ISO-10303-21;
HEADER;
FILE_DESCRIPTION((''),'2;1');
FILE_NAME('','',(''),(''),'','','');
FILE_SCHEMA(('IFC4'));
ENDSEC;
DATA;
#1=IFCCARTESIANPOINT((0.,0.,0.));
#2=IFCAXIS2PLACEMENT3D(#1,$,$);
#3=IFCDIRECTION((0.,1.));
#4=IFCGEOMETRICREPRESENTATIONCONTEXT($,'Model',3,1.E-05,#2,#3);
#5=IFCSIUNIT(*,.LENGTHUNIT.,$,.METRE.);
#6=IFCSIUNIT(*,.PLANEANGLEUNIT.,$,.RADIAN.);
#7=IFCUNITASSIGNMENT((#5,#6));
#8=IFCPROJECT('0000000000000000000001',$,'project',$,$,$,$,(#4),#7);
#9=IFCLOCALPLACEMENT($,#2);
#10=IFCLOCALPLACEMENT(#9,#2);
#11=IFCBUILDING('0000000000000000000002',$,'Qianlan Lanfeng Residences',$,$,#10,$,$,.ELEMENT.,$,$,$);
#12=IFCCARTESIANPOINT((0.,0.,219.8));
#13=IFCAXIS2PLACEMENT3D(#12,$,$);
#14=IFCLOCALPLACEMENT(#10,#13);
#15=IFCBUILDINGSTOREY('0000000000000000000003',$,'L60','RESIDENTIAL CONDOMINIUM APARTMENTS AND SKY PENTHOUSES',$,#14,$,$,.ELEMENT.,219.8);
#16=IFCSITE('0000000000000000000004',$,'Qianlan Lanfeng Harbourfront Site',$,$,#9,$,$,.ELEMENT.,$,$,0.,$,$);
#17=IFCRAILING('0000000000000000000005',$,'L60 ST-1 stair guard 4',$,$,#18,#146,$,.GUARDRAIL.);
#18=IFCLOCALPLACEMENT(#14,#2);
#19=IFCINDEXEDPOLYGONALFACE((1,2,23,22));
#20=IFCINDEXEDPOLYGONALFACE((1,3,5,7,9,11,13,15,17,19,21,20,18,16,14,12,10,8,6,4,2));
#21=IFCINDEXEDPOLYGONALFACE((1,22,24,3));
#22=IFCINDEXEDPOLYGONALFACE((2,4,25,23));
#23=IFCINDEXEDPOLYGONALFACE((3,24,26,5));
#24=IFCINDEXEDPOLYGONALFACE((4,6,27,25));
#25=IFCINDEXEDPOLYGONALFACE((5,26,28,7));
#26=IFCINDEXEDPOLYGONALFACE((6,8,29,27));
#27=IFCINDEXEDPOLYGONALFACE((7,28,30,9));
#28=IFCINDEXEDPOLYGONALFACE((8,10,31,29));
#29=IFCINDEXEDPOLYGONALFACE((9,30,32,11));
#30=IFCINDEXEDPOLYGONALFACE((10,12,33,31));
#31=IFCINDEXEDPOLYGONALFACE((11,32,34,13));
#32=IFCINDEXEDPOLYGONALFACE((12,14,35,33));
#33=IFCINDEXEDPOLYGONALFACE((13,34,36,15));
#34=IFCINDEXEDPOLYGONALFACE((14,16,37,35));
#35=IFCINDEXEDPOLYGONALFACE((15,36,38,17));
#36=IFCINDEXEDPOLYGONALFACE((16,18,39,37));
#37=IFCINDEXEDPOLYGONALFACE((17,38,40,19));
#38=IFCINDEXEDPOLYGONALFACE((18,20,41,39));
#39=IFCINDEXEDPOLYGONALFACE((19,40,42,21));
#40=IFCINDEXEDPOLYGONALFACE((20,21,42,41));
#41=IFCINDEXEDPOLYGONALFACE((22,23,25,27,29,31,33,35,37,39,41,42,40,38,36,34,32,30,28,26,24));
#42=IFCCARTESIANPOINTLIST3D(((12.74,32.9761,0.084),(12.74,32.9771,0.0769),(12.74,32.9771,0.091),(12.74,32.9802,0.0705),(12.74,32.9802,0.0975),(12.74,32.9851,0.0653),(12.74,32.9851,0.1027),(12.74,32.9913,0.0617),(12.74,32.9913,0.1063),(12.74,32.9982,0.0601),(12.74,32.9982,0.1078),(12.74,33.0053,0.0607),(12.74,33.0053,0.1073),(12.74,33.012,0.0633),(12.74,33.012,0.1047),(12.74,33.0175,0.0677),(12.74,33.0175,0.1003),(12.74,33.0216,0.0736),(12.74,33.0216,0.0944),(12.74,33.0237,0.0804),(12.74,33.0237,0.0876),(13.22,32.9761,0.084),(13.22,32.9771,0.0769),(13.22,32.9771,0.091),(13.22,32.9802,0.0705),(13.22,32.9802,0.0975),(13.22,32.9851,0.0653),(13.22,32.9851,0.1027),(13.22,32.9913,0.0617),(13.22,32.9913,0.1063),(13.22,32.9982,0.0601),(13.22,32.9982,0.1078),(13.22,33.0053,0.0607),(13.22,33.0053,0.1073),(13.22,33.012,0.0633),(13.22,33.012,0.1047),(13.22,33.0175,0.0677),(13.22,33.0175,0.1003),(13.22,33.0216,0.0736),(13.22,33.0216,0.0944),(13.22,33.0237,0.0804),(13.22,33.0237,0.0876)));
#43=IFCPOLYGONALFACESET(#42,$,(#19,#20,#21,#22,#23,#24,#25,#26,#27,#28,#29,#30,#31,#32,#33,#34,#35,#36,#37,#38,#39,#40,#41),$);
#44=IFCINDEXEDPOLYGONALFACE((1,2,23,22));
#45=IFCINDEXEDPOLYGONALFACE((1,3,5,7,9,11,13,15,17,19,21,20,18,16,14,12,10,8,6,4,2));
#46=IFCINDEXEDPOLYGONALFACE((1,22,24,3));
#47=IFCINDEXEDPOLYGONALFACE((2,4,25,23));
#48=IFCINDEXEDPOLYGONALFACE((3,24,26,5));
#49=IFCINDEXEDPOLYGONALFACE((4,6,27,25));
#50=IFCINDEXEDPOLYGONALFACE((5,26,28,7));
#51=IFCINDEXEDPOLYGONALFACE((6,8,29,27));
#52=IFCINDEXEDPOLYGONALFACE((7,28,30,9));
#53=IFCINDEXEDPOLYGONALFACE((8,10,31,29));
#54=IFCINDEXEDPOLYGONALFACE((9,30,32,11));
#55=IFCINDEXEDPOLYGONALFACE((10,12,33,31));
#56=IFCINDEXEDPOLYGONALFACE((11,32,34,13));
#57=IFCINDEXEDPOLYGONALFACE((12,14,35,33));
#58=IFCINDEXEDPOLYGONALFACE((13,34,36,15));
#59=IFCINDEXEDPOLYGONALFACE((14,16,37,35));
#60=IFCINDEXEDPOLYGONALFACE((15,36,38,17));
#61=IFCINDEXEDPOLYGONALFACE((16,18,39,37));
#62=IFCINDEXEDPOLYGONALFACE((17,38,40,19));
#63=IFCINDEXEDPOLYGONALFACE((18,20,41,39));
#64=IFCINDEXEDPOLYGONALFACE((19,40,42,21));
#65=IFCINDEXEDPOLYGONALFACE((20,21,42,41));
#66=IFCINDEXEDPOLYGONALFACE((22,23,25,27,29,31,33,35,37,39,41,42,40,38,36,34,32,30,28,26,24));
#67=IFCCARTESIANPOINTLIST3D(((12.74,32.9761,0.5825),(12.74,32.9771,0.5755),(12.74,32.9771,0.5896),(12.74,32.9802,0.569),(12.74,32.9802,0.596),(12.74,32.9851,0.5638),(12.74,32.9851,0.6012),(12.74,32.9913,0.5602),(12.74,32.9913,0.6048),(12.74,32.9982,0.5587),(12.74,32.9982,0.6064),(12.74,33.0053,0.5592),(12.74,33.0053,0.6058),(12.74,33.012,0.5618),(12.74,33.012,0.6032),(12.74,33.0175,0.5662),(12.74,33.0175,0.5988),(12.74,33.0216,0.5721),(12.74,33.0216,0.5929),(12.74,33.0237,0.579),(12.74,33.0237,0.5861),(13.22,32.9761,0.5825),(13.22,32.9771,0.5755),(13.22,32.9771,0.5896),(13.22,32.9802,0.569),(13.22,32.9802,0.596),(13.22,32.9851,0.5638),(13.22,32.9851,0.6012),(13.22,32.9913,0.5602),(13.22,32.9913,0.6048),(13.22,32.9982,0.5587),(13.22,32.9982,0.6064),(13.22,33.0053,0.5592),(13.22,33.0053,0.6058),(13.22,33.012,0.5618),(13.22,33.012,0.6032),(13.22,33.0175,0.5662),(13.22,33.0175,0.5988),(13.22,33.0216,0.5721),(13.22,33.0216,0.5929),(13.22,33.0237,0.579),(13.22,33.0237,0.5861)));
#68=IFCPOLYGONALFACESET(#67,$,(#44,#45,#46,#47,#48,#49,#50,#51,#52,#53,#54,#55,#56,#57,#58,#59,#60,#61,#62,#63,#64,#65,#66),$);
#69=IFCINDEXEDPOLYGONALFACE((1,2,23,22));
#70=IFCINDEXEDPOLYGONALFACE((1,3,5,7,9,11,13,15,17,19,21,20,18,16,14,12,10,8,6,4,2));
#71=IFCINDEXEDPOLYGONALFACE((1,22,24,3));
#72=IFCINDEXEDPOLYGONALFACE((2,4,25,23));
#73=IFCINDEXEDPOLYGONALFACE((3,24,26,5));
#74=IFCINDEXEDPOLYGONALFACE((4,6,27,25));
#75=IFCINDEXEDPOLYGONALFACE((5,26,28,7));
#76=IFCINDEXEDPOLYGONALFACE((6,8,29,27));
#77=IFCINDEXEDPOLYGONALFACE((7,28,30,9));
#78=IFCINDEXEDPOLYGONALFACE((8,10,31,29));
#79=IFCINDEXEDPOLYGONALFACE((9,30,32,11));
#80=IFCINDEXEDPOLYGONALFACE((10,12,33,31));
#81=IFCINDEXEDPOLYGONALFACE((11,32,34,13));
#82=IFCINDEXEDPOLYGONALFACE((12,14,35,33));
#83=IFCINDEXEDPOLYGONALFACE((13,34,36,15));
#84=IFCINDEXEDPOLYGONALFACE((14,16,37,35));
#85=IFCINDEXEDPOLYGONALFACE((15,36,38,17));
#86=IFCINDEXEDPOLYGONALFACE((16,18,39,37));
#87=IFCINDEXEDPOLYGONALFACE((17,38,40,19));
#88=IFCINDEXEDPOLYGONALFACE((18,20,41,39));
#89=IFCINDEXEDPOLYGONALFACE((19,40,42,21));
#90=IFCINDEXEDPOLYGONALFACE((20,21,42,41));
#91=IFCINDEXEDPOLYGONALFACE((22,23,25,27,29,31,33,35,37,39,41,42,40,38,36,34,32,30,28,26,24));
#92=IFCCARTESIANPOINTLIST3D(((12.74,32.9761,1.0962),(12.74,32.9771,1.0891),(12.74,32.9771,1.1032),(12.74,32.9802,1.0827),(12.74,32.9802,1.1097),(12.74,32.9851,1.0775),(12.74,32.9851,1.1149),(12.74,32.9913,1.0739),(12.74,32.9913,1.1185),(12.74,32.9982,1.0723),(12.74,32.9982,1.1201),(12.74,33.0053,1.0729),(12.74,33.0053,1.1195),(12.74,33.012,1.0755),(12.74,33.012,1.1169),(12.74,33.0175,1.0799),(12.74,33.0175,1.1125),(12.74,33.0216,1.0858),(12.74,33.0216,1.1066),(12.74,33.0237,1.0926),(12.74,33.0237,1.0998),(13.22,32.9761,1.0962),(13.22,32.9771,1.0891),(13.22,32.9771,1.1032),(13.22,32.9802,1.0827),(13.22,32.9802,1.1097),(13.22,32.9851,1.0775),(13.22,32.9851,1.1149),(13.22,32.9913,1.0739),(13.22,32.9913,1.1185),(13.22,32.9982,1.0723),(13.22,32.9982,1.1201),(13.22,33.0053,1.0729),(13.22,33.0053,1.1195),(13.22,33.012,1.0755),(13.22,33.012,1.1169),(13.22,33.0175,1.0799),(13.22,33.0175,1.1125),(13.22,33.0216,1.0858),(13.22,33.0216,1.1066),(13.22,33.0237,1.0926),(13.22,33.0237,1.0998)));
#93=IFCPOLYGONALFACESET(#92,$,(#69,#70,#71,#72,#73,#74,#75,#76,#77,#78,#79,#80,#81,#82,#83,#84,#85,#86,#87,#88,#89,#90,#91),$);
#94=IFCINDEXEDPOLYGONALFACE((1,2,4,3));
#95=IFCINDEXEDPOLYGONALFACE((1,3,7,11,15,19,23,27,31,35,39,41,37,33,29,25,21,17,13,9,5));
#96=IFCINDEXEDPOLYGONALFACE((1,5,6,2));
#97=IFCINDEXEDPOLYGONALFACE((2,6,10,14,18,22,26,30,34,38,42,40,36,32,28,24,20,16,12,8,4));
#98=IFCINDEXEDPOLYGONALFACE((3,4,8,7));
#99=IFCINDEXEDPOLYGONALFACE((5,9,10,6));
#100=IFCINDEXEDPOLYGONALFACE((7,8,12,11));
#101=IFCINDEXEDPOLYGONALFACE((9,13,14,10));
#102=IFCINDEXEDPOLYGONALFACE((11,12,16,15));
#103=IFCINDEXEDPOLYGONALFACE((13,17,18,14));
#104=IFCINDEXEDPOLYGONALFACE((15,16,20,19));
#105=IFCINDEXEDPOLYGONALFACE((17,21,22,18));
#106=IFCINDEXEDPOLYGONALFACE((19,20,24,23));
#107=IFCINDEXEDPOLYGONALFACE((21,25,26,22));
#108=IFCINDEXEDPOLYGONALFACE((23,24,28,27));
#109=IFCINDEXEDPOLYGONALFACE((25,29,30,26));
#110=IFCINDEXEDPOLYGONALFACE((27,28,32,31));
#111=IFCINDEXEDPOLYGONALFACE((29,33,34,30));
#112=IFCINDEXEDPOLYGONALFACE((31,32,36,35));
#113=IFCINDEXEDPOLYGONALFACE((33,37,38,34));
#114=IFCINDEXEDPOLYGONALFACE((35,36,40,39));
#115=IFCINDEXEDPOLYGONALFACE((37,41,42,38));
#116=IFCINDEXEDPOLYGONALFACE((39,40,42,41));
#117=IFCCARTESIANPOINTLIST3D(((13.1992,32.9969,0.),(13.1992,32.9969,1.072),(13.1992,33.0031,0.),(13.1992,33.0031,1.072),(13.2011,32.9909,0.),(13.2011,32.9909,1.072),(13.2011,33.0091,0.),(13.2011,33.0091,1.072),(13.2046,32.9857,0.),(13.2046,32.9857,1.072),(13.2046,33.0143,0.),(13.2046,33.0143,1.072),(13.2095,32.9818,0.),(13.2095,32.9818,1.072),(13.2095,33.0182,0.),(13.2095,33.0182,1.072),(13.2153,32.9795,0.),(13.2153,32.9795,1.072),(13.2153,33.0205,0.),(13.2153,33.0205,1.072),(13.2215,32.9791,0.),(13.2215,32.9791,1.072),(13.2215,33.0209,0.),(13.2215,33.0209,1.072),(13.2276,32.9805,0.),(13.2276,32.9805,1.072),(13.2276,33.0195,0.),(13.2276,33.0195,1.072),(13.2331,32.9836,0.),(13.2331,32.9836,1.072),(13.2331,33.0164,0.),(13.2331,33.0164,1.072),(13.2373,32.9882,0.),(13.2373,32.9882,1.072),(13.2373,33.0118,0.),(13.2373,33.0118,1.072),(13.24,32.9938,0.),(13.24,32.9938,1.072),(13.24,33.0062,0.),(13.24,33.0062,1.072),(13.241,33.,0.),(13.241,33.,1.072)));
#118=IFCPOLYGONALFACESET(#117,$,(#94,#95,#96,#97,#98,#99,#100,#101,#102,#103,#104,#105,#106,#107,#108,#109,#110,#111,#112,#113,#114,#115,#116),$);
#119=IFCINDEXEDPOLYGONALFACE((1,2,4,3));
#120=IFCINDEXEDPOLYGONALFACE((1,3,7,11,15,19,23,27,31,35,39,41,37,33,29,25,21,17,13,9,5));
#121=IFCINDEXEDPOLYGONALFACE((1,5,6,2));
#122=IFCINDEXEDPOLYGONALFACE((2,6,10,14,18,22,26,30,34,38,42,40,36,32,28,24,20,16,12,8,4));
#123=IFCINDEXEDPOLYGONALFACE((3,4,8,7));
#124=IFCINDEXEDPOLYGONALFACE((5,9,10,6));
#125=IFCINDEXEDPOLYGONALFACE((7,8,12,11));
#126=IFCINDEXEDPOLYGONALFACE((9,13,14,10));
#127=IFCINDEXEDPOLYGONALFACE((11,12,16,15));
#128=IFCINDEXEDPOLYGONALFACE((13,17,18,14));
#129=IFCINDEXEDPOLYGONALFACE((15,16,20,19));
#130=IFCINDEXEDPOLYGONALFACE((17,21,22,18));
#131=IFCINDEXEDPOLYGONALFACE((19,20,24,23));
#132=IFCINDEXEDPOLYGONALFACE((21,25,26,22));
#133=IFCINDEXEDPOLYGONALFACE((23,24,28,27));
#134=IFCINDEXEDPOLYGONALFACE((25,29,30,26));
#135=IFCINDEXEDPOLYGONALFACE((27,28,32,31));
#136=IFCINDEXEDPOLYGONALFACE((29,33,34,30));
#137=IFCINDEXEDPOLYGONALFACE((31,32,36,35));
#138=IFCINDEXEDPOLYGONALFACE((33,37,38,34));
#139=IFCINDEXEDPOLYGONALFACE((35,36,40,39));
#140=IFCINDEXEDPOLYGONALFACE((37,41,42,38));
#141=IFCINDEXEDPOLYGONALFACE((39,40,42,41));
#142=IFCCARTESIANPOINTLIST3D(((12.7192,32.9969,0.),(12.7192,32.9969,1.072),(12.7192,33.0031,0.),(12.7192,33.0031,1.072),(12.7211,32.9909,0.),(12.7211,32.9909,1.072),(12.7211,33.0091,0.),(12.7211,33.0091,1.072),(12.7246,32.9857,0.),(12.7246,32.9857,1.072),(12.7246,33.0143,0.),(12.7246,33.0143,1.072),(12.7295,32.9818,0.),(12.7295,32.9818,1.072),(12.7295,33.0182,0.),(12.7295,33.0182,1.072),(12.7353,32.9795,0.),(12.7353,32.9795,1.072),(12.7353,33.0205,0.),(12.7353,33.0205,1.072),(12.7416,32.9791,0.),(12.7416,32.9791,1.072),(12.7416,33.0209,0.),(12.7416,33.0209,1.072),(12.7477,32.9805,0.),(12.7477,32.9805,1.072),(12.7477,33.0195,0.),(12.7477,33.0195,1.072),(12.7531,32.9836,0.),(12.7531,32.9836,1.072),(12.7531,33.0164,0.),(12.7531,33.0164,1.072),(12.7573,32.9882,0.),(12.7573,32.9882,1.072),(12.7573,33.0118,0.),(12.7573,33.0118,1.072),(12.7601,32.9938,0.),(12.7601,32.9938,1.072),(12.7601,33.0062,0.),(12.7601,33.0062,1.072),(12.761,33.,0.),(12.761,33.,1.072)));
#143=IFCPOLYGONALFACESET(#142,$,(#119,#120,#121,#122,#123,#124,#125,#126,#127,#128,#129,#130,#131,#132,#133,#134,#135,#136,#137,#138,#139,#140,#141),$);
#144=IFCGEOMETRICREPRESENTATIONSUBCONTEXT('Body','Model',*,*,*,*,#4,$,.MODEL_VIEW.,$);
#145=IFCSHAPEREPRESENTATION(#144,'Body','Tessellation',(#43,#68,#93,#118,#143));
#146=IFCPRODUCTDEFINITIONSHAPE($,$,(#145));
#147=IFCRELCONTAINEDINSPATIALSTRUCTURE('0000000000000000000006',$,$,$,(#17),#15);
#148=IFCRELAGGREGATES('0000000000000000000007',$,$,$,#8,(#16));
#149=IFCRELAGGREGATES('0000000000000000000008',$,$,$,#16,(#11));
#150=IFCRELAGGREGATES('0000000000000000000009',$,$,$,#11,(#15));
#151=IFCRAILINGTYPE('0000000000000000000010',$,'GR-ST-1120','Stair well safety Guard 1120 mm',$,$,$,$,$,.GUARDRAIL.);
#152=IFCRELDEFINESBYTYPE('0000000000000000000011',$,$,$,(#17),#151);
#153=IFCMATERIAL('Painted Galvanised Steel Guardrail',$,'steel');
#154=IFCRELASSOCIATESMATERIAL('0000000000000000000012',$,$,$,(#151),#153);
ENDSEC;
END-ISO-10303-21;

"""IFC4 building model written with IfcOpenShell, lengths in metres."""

from ifc_helpers import new_model, si_unit, direction, frame, origin, origin_2d, place, context, subcontext, project, spatial, circle, extrude, material, type_object, element, save


model = new_model("IFC4")

# Units and contexts
model_context = context("Model", 3, precision=1e-05, world=origin(), true_north=direction((0.0, 1.0)))
body_context = subcontext(model_context, "Body", "Model", "MODEL_VIEW")
ifc_project = project(units=[si_unit("LENGTHUNIT", "METRE"), si_unit("PLANEANGLEUNIT", "RADIAN")], contexts=[model_context])

# Site, building, storey
site_placement = place(None, origin())
site = spatial("IfcSite", under=ifc_project, at=site_placement, Name="Qianlan Lanfeng Harbourfront Site", CompositionType="ELEMENT", RefElevation=0.0)
building_placement = place(site_placement, origin())
building = spatial("IfcBuilding", under=site, at=building_placement, Name="Qianlan Lanfeng Residences", CompositionType="ELEMENT")
storey_placement = place(building_placement, frame((0.0, 0.0, 219.8)))
storey = spatial("IfcBuildingStorey", under=building, at=storey_placement, Name="L60", Description="RESIDENTIAL CONDOMINIUM APARTMENTS AND SKY PENTHOUSES", CompositionType="ELEMENT", Elevation=219.8)

# Railing
ifc_material_1 = material(Name="Painted Galvanised Steel Guardrail", Category="steel")
railing_type_1 = type_object("IfcRailingType", Name="GR-ST-1120", Description="Stair well safety Guard 1120 mm", PredefinedType="GUARDRAIL", material=ifc_material_1)
railing_1_placement = place(storey_placement, frame((13.22, 33.0, 0.0)))
element("IfcRailing", 1, at=railing_1_placement, inside=storey, type_object=railing_type_1, Name="L60 ST-1 stair guard 4", PredefinedType="GUARDRAIL", context=body_context, shape_type="SweptSolid", body=[
    extrude(circle(Radius=0.0239, at=origin_2d()), frame((0.0, 0.0, 0.084), z_axis=(-1.0, 0.0, 0.0), x_axis=(0.0, -1.0, 0.0)), (0.0, 0.0, 1.0), 0.48),
    extrude(circle(Radius=0.0239, at=origin_2d()), frame((0.0, 0.0, 0.5825), z_axis=(-1.0, 0.0, 0.0), x_axis=(0.0, -1.0, 0.0)), (0.0, 0.0, 1.0), 0.48),
    extrude(circle(Radius=0.0239, at=origin_2d()), frame((0.0, 0.0, 1.0962), z_axis=(-1.0, 0.0, 0.0), x_axis=(0.0, -1.0, 0.0)), (0.0, 0.0, 1.0), 0.48),
    extrude(circle(Radius=0.021, at=origin_2d()), origin(), (0.0, 0.0, 1.0), 1.072),
    extrude(circle(Radius=0.021, at=origin_2d()), frame((-0.48, 0.0, 0.0)), (0.0, 0.0, 1.0), 1.072),
])

save(model, "model.ifc")
